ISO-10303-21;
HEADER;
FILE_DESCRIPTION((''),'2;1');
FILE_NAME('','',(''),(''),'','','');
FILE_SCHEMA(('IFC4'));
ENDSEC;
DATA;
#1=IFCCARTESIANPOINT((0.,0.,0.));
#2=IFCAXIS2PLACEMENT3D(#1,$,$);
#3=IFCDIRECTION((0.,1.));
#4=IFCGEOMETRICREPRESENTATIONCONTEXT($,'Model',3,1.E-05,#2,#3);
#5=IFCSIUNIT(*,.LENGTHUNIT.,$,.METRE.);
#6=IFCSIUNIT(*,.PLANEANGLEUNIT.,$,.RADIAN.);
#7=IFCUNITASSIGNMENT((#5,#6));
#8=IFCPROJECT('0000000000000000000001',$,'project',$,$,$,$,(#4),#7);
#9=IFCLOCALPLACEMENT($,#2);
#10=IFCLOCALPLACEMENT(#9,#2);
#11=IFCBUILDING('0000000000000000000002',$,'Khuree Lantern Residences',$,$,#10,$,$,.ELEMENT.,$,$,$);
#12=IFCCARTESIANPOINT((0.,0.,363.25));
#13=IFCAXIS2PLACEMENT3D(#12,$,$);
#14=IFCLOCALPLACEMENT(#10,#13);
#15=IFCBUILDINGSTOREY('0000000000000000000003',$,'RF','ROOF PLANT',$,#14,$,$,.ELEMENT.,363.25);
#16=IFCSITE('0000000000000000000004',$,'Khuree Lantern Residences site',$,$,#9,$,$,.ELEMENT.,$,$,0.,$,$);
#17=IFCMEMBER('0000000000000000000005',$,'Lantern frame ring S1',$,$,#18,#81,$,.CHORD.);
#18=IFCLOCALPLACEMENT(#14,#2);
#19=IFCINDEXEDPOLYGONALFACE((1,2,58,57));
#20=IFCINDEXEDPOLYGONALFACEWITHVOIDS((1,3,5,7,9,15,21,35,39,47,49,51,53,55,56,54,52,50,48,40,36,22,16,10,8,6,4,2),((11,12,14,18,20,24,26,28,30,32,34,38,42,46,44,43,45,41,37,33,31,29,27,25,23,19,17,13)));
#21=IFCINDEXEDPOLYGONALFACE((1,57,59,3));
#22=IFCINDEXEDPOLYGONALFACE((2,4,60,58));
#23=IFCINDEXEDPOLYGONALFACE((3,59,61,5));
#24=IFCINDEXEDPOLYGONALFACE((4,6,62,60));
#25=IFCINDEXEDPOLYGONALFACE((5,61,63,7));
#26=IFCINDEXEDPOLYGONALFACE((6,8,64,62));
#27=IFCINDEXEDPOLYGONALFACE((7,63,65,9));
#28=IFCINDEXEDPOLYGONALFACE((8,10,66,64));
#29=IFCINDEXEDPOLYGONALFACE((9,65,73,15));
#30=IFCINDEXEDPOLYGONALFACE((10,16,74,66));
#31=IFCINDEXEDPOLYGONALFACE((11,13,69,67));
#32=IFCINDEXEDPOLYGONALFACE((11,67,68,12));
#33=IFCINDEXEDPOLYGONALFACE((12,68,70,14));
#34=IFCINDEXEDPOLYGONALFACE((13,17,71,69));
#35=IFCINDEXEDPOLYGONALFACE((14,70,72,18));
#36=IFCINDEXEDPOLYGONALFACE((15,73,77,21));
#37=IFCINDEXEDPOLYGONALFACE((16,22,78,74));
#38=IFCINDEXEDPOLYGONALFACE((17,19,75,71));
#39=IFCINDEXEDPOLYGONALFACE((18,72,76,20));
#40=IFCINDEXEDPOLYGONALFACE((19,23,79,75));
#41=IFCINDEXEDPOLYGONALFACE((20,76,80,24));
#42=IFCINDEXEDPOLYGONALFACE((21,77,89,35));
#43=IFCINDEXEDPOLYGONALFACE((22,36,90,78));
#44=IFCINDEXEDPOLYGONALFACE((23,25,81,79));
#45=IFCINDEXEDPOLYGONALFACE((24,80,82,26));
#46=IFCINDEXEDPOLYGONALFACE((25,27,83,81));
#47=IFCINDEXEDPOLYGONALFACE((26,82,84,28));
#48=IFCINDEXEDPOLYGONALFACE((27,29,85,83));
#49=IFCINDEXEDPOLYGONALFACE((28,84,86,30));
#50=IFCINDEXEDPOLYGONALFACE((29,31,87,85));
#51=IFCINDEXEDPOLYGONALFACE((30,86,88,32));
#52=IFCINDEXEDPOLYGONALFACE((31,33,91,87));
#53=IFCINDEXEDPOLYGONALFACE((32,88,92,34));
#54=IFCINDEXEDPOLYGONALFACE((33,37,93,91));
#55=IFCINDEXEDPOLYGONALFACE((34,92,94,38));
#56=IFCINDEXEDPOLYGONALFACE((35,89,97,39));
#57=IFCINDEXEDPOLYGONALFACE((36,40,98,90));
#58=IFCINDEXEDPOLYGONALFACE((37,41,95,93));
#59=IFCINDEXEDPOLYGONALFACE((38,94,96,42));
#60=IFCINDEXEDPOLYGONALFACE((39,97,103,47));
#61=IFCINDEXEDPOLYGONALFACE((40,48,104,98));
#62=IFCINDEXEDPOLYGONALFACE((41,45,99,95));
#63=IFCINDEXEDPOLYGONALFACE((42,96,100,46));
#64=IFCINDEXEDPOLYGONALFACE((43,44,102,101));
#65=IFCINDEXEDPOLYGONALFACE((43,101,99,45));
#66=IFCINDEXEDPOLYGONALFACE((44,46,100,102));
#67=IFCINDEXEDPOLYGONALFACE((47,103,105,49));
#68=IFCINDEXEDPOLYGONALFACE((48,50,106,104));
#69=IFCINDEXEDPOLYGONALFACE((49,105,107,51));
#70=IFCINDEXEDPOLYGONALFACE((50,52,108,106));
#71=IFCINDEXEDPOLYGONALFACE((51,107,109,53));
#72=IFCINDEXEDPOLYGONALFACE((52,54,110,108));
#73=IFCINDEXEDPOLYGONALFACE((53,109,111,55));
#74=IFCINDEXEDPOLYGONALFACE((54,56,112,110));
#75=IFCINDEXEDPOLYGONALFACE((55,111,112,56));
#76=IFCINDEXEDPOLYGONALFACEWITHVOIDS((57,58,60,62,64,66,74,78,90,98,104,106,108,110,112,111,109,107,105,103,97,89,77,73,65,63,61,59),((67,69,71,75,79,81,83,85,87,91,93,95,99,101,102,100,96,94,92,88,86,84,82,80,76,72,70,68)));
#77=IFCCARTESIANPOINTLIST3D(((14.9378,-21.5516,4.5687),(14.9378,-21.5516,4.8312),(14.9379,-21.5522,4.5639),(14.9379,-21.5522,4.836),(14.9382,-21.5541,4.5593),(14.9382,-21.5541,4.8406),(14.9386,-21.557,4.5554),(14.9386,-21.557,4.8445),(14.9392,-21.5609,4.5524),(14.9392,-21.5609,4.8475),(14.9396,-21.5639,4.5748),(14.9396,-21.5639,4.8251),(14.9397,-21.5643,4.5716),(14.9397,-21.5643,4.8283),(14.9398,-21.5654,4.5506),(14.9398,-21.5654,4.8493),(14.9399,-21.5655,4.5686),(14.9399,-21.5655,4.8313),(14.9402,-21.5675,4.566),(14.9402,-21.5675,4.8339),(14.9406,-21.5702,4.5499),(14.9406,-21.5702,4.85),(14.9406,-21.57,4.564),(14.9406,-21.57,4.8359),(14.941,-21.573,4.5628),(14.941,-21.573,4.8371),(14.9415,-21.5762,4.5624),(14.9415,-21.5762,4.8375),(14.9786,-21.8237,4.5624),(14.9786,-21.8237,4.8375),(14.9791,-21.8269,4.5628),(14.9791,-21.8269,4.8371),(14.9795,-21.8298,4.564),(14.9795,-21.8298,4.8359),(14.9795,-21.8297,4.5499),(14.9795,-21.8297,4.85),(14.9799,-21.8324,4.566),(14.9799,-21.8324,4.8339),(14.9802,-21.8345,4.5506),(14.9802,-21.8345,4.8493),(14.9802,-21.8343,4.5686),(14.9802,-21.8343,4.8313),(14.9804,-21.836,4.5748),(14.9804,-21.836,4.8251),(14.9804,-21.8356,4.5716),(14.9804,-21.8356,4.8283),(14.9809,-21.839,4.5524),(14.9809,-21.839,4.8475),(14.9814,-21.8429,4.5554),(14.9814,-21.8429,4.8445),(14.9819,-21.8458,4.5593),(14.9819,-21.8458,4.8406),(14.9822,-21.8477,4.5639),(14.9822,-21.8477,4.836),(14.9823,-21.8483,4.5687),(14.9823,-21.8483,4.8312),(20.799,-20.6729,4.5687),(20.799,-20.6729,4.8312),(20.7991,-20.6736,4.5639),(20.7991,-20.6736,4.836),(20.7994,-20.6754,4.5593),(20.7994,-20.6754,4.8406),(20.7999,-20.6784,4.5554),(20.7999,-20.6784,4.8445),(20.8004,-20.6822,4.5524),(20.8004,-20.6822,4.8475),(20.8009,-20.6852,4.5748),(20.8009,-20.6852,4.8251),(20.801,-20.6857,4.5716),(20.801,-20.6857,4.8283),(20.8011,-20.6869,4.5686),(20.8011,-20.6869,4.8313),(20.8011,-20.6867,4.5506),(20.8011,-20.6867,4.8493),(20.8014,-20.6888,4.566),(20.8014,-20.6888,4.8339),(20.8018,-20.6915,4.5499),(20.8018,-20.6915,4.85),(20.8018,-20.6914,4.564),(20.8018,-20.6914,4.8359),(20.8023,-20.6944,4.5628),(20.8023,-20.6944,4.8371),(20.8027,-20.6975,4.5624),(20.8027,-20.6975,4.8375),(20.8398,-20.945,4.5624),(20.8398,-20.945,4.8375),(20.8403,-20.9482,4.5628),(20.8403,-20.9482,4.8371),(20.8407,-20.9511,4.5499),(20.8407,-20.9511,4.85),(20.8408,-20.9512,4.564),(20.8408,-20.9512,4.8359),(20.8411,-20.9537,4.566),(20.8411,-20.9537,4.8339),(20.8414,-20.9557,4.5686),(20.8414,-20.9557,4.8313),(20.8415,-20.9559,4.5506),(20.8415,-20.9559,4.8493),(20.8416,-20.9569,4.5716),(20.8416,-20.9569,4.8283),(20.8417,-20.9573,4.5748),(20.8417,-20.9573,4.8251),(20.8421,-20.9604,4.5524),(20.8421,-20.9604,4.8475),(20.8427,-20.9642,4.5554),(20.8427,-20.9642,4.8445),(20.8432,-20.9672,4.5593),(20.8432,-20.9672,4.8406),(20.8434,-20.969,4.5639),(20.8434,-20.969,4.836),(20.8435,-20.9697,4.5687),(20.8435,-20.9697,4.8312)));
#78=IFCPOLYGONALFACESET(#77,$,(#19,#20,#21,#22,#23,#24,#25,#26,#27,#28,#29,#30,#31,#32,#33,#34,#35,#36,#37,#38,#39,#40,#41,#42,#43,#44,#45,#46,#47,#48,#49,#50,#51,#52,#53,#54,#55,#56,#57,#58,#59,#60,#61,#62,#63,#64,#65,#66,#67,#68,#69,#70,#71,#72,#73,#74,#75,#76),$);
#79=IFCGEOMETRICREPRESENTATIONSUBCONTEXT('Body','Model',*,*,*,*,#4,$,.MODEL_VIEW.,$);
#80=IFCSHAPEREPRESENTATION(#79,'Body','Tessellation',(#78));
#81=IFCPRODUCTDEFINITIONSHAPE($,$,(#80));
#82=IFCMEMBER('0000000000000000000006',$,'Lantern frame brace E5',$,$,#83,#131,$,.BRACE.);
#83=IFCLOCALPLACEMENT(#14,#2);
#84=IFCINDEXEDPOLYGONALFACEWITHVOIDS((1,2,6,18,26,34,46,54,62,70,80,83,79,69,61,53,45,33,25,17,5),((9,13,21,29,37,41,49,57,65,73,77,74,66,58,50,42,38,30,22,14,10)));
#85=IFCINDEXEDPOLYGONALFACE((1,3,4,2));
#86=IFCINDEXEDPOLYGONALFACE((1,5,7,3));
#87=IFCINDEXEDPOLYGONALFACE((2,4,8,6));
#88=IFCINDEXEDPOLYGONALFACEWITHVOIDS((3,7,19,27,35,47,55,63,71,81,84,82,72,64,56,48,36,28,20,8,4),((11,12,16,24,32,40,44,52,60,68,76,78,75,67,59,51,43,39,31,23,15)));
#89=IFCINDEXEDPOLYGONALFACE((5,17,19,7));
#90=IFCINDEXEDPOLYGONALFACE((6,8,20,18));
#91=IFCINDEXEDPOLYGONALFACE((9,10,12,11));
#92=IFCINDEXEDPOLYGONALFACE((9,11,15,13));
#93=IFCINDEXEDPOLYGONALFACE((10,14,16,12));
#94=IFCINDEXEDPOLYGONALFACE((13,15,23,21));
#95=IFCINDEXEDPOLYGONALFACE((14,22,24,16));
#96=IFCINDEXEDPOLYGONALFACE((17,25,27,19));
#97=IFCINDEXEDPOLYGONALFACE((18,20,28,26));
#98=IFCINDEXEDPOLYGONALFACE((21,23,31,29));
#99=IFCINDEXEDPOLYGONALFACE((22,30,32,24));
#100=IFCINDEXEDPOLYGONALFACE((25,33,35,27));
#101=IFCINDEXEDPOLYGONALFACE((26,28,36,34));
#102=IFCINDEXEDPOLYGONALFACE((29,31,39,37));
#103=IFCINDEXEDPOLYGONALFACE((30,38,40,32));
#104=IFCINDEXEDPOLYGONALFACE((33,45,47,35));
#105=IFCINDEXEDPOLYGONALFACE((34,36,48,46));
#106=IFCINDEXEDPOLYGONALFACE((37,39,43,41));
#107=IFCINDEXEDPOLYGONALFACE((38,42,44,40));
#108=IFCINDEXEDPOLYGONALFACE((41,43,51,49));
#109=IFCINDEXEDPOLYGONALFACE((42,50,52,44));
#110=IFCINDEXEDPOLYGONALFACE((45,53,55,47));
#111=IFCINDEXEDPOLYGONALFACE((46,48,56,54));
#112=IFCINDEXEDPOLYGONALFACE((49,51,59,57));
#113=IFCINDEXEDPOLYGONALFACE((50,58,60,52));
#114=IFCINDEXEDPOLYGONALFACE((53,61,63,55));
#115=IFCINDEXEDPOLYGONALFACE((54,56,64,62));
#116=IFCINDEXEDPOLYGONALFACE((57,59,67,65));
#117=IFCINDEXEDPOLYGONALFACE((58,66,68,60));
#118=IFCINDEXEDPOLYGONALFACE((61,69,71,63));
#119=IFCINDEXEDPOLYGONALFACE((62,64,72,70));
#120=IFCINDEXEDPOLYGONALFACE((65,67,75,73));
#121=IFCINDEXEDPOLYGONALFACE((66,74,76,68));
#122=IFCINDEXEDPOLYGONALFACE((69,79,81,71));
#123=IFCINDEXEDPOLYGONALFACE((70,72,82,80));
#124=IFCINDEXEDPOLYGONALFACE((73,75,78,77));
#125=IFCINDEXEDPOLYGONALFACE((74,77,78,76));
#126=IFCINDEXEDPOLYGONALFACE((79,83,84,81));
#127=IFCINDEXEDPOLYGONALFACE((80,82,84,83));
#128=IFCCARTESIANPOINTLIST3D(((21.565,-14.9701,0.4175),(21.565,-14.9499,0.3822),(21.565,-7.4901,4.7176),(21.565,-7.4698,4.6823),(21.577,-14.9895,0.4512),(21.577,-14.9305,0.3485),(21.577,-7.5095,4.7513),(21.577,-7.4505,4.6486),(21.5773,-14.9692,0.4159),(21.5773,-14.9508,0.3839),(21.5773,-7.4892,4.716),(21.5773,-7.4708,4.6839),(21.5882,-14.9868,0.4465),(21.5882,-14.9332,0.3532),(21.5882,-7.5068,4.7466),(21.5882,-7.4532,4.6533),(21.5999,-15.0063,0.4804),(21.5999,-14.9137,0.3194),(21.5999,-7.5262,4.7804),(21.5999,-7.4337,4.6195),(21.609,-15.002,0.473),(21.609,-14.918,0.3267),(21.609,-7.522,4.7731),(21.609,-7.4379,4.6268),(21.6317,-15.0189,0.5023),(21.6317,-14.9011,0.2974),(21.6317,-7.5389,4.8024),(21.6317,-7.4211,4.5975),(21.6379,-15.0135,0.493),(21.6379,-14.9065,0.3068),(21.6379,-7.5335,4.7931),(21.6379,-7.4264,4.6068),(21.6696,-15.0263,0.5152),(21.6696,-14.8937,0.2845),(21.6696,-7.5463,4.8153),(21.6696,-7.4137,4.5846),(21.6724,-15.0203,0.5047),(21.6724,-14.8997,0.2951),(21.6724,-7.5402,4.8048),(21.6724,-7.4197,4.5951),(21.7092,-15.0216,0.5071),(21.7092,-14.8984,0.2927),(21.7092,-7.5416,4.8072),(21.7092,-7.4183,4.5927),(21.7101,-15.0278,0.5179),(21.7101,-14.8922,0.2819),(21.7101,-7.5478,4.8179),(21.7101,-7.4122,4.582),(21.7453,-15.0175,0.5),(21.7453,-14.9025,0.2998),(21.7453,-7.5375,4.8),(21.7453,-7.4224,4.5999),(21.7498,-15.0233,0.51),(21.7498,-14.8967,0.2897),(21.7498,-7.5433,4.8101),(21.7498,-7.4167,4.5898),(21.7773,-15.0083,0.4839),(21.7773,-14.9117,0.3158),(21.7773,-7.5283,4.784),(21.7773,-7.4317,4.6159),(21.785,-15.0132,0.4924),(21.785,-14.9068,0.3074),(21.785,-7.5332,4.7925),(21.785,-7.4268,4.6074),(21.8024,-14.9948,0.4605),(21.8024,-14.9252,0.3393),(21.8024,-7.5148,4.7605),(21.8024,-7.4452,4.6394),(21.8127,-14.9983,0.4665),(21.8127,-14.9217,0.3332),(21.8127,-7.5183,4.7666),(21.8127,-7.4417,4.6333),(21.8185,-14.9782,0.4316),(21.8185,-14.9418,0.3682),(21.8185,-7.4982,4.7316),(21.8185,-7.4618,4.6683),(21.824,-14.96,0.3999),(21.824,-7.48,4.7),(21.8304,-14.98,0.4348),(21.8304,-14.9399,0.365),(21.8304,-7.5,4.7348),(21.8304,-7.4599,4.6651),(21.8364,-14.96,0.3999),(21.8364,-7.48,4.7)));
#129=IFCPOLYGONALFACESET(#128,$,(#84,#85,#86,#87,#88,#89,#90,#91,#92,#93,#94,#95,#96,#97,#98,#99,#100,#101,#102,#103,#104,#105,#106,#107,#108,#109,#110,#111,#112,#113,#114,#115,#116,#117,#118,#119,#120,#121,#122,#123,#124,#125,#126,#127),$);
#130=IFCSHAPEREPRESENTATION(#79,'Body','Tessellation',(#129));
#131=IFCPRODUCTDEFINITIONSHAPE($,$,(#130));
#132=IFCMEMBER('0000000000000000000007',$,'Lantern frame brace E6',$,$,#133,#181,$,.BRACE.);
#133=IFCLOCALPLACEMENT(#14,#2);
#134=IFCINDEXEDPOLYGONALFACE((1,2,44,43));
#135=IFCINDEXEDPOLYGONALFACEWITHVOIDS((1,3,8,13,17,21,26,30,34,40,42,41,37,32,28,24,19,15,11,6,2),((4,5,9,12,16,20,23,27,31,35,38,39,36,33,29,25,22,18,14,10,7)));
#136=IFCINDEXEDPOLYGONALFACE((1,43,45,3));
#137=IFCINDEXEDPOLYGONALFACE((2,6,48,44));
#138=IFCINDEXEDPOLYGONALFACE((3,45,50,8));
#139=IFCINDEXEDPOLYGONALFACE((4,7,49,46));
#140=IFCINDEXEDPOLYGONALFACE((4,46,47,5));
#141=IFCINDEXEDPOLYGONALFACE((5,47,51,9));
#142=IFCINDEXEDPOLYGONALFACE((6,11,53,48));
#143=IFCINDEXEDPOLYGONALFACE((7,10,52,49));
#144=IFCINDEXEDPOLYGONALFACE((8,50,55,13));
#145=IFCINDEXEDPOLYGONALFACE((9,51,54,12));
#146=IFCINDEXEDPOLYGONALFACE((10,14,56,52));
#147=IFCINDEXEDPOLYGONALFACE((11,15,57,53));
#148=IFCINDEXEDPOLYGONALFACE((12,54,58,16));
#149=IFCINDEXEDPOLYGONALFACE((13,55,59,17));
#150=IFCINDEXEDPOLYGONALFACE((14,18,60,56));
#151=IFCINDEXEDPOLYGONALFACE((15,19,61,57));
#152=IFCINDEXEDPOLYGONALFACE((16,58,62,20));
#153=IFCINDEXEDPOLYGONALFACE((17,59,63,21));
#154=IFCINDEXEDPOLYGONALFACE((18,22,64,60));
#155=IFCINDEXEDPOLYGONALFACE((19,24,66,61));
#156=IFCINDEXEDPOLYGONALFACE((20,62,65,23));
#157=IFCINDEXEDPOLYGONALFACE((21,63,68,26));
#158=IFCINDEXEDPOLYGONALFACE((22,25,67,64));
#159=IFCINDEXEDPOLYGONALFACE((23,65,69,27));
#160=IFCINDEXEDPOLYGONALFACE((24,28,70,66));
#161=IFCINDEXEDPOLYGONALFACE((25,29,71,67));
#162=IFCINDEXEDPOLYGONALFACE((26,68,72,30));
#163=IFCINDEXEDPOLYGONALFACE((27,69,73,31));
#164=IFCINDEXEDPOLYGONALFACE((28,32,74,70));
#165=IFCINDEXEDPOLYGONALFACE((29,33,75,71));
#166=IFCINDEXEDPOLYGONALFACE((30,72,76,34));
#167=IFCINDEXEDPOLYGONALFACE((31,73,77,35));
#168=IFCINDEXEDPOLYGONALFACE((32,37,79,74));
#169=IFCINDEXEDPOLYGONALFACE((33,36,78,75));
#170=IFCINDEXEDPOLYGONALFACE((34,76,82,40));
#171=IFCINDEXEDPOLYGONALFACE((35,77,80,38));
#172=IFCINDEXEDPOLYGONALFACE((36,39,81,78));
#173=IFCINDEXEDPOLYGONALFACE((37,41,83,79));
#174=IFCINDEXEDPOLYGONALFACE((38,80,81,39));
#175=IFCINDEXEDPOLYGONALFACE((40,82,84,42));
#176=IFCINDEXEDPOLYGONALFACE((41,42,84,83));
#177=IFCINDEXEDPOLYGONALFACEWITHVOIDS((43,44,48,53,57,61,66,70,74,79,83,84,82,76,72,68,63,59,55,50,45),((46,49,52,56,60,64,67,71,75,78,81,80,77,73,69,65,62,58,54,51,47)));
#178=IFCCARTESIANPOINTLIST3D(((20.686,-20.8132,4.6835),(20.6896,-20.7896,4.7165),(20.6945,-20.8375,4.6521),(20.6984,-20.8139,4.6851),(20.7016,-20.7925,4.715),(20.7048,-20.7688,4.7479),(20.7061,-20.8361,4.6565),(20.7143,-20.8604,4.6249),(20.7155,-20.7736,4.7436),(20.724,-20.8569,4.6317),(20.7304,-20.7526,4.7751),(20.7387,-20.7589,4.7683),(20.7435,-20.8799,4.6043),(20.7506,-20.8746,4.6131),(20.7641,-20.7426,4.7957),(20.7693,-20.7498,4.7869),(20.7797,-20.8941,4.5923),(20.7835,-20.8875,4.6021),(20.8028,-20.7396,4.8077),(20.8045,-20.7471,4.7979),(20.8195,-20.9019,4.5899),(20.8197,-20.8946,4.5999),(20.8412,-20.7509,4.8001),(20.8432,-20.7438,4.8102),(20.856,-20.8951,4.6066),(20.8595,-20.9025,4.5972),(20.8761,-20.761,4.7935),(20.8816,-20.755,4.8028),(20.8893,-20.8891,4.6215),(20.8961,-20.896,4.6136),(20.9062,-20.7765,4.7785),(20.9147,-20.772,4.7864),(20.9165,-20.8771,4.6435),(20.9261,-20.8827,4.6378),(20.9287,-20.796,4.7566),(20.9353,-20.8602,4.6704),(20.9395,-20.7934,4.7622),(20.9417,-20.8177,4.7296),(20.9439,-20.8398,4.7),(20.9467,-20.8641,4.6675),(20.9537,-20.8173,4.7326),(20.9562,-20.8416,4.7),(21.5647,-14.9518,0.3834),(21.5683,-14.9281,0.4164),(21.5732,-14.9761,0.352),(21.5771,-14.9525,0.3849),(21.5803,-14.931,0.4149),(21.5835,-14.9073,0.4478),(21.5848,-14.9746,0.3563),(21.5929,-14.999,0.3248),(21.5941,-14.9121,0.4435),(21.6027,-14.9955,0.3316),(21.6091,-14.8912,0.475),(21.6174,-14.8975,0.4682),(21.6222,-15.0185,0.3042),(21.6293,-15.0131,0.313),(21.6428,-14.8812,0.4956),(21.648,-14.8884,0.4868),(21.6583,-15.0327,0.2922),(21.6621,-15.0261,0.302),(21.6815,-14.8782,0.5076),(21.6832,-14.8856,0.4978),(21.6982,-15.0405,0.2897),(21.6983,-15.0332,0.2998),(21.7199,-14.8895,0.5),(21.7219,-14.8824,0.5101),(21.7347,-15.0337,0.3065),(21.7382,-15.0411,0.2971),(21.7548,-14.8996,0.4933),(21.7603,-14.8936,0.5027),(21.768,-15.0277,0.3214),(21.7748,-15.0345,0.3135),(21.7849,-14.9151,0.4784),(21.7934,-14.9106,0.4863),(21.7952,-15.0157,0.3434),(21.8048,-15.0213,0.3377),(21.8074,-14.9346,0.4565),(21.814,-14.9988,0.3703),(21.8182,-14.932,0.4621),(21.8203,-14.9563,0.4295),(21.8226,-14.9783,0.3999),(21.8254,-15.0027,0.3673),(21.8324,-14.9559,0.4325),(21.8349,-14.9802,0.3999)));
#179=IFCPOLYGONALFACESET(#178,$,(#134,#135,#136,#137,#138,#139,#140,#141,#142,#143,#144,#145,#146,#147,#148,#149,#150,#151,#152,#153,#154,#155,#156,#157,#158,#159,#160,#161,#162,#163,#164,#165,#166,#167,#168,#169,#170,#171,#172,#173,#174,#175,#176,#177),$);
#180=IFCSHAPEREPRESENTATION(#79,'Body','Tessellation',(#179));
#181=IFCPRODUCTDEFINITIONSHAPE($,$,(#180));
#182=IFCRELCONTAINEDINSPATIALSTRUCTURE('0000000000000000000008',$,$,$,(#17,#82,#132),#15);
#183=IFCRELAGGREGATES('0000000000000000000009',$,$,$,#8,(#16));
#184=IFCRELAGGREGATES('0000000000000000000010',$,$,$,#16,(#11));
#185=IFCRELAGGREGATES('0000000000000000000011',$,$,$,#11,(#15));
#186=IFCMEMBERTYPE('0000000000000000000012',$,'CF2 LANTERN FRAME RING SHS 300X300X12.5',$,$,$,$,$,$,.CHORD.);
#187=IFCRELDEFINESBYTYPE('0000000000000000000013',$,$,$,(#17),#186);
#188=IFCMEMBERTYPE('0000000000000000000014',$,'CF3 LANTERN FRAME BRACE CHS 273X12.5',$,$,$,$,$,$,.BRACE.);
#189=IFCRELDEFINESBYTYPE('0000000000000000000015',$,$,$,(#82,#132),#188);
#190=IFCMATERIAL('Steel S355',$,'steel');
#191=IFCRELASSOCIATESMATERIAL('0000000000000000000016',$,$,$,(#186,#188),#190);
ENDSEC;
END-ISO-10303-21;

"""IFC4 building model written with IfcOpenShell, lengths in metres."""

from ifc_helpers import new_model, si_unit, direction, frame, origin, origin_2d, place, context, subcontext, project, spatial, hollow_rectangle, hollow_circle, extrude, material, material_profile, profile_set, type_object, element, save


model = new_model("IFC4")

# Units and contexts
model_context = context("Model", 3, precision=1e-05, world=origin(), true_north=direction((0.0, 1.0)))
body_context = subcontext(model_context, "Body", "Model", "MODEL_VIEW")
ifc_project = project(units=[si_unit("LENGTHUNIT", "METRE"), si_unit("PLANEANGLEUNIT", "RADIAN")], contexts=[model_context])

# Site, building, storey
site_placement = place(None, origin())
site = spatial("IfcSite", under=ifc_project, at=site_placement, Name="Khuree Lantern Residences site", CompositionType="ELEMENT", RefElevation=0.0)
building_placement = place(site_placement, origin())
building = spatial("IfcBuilding", under=site, at=building_placement, Name="Khuree Lantern Residences", CompositionType="ELEMENT")
storey_placement = place(building_placement, frame((0.0, 0.0, 363.25)))
storey = spatial("IfcBuildingStorey", under=building, at=storey_placement, Name="RF", Description="ROOF PLANT", CompositionType="ELEMENT", Elevation=363.25)

# Shared definitions
ifc_material_1 = material(Name="Steel S355", Category="steel")

# Members
ifc_material_profile_1 = material_profile(ifc_material_1, hollow_rectangle(XDim=0.3, YDim=0.3, WallThickness=0.0125, InnerFilletRadius=0.0125, OuterFilletRadius=0.0188, at=origin_2d()), Name="SHS 300X300X12.5")
ifc_profile_set_1 = profile_set([ifc_material_profile_1], Name="Steel S355")
member_type_1 = type_object("IfcMemberType", Name="CF2 LANTERN FRAME RING SHS 300X300X12.5", PredefinedType="CHORD", material=ifc_profile_set_1)
for number, where, z_axis, x_axis, name in (
    (1, (20.8213, -20.8213, 4.7), (-0.98895, -0.148252, 0.0), (0.148252, -0.98895, 0.0), "Lantern frame ring S1"),
):
    element("IfcMember", number, at=place(storey_placement, frame(where, z_axis=z_axis, x_axis=x_axis)), inside=storey, type_object=member_type_1, Name=name, PredefinedType="CHORD", context=body_context, shape_type="SweptSolid", body=[
        extrude(hollow_rectangle(XDim=0.3, YDim=0.3, WallThickness=0.0125, InnerFilletRadius=0.0125, OuterFilletRadius=0.0188, at=origin_2d()), origin(), (0.0, 0.0, 1.0), 5.9268),
    ])
ifc_material_profile_2 = material_profile(ifc_material_1, hollow_circle(Radius=0.1365, WallThickness=0.0125, at=origin_2d()), Name="CHS 273X12.5")
ifc_profile_set_2 = profile_set([ifc_material_profile_2], Name="Steel S355")
member_type_2 = type_object("IfcMemberType", Name="CF3 LANTERN FRAME BRACE CHS 273X12.5", PredefinedType="BRACE", material=ifc_profile_set_2)
member_1_placement = place(storey_placement, frame((21.7, -7.48, 4.7), z_axis=(0.0, -0.866953, -0.498389), x_axis=(1.0, 0.0, 0.0)))
element("IfcMember", 2, at=member_1_placement, inside=storey, type_object=member_type_2, Name="Lantern frame brace E5", PredefinedType="BRACE", context=body_context, shape_type="SweptSolid", body=[
    extrude(hollow_circle(Radius=0.1365, WallThickness=0.0125, at=origin_2d()), origin(), (0.0, 0.0, 1.0), 8.6279),
])
for number, where, z_axis, x_axis, name in (
    (3, (21.7, -14.96, 0.3999), (-0.119996, -0.800465, 0.587245), (0.98895, -0.148252, 0.0), "Lantern frame brace E6"),
):
    element("IfcMember", number, at=place(storey_placement, frame(where, z_axis=z_axis, x_axis=x_axis)), inside=storey, type_object=member_type_2, Name=name, PredefinedType="BRACE", context=body_context, shape_type="SweptSolid", body=[
        extrude(hollow_circle(Radius=0.1365, WallThickness=0.0125, at=origin_2d()), origin(), (0.0, 0.0, 1.0), 7.3225),
    ])

save(model, "model.ifc")
